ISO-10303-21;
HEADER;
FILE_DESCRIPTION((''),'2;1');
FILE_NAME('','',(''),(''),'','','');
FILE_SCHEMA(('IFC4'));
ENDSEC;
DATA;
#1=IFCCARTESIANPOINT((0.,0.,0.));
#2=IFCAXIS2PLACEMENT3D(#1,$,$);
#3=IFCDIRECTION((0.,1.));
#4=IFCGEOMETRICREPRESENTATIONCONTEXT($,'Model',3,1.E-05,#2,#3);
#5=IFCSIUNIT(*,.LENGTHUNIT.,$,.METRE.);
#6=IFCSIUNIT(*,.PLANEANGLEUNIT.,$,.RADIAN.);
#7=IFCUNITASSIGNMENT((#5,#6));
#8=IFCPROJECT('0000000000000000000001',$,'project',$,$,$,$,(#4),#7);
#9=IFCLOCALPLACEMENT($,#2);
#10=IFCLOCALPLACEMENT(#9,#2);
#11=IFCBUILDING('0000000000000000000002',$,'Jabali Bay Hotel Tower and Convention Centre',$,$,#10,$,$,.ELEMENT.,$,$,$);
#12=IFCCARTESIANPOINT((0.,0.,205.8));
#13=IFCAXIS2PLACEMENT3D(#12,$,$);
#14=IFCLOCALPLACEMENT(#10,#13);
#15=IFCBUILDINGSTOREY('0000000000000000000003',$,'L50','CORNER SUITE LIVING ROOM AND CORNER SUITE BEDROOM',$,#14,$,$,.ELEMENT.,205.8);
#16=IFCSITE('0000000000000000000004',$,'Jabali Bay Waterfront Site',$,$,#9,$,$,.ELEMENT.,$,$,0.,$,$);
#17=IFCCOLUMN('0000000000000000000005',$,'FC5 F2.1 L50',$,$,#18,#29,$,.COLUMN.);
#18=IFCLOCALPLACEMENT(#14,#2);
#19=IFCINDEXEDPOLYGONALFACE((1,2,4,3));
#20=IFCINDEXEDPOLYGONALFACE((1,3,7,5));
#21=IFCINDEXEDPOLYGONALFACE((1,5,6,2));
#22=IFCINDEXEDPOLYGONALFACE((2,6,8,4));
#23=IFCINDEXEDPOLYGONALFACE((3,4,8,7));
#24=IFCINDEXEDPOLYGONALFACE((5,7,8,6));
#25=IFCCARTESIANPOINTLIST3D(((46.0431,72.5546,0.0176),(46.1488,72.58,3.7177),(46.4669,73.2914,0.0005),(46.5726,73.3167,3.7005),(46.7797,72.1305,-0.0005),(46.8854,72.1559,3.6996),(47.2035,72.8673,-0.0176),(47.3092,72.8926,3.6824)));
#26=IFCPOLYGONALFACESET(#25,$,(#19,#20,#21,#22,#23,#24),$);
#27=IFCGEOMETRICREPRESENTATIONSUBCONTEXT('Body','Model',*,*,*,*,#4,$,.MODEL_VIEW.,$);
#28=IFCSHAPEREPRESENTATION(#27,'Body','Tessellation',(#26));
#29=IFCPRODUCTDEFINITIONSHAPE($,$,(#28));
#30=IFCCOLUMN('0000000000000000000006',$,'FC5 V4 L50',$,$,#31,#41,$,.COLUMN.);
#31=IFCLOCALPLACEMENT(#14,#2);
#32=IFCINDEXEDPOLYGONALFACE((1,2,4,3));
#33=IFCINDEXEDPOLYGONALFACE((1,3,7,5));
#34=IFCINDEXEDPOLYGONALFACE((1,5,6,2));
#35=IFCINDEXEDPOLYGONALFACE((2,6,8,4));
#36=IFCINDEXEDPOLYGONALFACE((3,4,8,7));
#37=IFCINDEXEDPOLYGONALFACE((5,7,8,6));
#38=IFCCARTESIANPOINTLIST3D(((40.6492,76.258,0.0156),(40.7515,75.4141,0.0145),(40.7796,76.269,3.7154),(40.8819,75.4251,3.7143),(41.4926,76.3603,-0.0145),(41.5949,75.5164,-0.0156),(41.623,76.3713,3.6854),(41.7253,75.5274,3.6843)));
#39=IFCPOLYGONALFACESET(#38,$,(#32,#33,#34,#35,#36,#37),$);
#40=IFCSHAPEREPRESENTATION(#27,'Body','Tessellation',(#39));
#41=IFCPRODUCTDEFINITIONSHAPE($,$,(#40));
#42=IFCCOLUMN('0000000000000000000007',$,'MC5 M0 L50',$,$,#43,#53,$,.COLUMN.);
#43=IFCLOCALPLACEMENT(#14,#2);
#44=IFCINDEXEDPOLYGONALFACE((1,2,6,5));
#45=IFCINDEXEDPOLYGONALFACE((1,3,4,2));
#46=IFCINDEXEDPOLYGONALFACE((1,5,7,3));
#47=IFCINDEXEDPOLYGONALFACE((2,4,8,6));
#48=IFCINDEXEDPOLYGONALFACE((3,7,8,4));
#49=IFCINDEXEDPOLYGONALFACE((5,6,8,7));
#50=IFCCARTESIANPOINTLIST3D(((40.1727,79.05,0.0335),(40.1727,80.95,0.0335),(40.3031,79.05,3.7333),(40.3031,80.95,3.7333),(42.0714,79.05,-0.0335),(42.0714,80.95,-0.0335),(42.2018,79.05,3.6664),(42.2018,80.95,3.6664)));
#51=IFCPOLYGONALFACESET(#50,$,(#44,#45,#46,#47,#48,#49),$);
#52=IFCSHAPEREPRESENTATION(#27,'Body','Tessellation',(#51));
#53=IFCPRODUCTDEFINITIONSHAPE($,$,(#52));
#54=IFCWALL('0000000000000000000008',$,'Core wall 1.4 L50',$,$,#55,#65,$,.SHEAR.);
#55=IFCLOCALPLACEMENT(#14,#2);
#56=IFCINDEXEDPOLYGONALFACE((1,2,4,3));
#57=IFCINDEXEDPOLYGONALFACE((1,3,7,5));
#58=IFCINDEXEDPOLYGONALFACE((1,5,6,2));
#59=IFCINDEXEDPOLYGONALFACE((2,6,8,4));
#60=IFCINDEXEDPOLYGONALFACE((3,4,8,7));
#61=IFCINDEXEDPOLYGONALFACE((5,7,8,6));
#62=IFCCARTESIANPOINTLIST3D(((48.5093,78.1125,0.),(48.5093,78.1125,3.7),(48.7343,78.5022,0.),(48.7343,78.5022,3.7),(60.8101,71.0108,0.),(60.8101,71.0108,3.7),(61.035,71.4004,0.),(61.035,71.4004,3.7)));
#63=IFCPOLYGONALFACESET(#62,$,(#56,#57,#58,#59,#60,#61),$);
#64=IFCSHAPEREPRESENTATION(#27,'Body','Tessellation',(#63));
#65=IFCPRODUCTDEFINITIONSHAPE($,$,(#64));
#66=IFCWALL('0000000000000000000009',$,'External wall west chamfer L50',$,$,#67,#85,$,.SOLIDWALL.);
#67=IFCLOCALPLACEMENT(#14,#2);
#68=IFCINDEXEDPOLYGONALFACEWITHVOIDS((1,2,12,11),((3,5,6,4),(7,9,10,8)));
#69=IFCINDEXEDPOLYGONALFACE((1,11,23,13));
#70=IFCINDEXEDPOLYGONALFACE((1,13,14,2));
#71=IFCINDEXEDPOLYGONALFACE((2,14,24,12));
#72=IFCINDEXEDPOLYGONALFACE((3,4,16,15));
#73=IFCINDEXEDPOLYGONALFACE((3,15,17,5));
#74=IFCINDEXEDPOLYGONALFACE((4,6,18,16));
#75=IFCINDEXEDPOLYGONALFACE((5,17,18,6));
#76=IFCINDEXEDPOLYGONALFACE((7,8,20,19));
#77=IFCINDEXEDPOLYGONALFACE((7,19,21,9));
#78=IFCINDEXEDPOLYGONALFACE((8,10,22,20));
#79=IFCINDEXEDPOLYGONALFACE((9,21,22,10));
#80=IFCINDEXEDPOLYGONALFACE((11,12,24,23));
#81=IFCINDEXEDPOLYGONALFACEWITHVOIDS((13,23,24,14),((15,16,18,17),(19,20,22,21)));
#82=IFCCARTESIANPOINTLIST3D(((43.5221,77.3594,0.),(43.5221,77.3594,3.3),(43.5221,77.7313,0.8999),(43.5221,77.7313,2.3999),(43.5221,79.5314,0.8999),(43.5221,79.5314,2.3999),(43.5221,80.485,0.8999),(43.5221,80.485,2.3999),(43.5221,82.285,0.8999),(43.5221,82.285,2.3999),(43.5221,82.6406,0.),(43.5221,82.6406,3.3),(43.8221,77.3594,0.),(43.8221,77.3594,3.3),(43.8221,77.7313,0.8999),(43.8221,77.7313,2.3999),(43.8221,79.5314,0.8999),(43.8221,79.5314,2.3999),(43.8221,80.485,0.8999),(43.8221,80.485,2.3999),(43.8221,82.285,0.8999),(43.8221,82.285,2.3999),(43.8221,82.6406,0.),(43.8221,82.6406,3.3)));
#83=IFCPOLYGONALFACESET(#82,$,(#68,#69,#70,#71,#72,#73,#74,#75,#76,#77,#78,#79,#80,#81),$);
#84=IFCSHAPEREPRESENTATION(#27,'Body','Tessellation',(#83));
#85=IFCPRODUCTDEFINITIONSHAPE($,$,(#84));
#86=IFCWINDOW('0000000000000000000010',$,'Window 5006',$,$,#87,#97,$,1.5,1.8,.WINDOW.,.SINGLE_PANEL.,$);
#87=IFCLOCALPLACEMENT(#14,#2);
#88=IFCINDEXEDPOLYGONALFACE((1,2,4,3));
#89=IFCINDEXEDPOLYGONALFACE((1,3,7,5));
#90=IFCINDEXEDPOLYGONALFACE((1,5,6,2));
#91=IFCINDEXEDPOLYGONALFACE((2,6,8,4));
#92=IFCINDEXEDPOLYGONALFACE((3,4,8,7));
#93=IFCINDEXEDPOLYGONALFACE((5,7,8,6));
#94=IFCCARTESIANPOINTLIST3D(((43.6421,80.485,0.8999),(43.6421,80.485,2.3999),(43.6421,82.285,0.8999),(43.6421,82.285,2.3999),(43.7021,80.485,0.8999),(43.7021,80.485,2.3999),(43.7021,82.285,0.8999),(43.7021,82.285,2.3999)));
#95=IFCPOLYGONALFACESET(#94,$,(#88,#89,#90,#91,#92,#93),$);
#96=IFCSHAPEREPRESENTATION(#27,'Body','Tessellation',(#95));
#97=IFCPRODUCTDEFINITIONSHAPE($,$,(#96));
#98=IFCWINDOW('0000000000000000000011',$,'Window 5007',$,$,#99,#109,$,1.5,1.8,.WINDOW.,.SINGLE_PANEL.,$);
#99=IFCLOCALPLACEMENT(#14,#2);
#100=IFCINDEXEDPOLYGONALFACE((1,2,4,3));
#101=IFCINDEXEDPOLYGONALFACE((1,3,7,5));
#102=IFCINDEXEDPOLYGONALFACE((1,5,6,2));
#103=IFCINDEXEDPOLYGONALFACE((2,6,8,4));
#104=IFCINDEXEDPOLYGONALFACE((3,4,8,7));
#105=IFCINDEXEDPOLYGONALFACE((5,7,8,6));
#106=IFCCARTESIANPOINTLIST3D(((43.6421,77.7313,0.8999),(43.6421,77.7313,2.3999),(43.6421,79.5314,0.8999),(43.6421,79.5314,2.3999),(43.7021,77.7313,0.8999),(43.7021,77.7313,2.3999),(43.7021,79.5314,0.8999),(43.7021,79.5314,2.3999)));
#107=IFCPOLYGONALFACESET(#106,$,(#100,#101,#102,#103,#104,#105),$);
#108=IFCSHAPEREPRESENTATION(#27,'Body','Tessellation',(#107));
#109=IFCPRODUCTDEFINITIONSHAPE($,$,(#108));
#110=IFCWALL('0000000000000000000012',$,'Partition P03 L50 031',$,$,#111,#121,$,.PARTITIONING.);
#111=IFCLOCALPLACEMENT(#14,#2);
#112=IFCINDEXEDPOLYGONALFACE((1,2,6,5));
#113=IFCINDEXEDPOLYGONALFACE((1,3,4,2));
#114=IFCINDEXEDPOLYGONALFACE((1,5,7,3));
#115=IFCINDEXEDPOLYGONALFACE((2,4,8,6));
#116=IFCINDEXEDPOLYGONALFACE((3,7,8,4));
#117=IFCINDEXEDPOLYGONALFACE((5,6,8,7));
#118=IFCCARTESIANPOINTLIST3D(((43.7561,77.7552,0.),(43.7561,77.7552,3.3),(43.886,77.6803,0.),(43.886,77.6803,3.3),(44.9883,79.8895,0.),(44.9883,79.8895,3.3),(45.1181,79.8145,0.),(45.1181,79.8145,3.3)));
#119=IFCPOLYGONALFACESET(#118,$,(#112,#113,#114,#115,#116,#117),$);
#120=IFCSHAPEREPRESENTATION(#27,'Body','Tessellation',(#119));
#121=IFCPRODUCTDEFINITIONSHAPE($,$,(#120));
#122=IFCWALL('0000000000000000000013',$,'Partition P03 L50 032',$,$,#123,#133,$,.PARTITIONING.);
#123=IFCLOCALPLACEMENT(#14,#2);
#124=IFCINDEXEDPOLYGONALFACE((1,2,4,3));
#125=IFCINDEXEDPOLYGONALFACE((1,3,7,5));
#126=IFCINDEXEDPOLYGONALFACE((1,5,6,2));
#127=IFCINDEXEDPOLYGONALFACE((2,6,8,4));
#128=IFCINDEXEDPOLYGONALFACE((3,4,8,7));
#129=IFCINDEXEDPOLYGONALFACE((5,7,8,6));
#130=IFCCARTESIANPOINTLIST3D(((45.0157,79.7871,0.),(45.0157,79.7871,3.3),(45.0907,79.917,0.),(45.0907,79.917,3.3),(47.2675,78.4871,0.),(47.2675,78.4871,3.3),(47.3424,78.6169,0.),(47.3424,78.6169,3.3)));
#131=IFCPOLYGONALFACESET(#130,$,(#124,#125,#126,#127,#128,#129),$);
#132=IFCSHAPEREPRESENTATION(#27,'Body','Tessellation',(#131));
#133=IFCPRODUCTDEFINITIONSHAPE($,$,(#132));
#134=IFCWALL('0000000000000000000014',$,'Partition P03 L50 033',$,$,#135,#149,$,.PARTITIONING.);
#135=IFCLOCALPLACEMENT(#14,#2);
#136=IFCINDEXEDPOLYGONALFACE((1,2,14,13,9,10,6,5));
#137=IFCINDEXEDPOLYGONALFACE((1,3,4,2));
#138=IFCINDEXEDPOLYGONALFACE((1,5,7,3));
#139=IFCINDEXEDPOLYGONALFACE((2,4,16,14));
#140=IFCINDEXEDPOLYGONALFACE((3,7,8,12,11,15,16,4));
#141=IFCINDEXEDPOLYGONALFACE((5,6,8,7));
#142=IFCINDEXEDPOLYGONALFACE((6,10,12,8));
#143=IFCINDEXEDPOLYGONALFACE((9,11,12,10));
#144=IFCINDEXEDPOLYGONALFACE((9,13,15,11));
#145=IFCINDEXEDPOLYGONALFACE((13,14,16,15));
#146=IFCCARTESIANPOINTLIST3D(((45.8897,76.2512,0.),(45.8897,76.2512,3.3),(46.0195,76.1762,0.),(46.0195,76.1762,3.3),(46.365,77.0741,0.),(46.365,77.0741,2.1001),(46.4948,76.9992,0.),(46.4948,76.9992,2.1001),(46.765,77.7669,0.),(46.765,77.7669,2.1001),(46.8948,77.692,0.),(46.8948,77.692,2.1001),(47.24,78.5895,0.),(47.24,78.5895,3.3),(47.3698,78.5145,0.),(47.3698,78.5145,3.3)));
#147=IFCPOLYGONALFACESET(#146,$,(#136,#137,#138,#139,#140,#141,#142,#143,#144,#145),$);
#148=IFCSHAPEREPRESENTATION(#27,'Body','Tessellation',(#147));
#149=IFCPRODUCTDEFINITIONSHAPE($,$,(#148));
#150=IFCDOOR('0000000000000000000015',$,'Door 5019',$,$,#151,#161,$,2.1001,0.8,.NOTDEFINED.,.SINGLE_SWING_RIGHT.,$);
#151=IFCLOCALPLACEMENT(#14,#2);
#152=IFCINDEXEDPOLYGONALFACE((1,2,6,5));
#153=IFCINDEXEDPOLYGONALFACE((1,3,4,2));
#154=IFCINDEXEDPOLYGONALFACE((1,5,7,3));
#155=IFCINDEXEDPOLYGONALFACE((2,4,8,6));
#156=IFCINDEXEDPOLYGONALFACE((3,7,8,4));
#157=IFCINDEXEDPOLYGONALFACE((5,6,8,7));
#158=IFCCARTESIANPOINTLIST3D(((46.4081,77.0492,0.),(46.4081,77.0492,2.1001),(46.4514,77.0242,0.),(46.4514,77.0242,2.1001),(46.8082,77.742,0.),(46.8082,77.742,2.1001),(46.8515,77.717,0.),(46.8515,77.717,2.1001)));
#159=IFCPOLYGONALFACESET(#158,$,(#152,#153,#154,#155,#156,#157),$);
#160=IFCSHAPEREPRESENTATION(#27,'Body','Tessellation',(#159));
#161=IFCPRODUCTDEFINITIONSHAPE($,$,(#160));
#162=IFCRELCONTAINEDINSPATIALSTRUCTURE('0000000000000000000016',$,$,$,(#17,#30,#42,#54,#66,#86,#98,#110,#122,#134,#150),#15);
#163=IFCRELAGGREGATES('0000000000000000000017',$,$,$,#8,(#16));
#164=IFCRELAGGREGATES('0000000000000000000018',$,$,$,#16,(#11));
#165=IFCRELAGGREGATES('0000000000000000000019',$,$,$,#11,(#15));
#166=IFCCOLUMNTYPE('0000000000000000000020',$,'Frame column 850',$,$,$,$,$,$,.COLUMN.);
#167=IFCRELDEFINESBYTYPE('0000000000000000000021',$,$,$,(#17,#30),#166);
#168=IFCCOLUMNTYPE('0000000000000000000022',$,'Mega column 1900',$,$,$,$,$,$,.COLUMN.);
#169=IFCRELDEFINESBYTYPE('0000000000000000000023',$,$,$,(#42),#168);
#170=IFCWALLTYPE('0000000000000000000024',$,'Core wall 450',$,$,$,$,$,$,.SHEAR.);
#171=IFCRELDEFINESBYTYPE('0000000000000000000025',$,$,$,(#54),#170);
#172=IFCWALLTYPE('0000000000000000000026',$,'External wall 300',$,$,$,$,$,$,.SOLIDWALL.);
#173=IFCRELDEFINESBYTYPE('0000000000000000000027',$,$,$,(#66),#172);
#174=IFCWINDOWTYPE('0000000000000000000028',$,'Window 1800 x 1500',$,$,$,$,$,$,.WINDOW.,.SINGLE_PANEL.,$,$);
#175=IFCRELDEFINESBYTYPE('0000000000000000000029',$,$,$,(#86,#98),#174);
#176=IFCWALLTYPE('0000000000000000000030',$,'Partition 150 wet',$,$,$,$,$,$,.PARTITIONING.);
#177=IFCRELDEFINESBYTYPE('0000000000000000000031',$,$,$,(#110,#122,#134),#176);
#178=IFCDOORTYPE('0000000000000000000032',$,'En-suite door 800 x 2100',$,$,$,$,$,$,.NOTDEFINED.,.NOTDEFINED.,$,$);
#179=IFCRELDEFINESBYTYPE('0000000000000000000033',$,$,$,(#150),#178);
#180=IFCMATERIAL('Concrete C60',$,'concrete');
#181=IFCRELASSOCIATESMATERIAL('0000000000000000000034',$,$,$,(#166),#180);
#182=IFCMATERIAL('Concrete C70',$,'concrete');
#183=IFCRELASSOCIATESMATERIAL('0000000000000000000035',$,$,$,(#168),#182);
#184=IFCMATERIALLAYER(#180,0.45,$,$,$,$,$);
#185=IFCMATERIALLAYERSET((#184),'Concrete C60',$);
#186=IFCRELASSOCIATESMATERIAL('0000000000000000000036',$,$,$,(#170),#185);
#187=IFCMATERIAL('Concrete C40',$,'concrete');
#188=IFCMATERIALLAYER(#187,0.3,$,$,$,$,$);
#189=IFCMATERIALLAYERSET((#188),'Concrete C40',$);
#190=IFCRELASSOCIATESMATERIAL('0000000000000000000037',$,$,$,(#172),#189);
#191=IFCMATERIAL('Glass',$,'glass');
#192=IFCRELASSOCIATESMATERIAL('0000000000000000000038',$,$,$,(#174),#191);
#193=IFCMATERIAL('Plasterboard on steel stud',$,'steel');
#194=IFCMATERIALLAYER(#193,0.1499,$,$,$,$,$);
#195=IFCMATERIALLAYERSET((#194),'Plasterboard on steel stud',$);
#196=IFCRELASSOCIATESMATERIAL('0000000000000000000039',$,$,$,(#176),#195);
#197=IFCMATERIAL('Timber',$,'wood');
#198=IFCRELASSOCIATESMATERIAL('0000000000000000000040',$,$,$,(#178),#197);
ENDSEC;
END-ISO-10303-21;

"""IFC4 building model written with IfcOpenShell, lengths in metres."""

from ifc_helpers import new_model, si_unit, direction, frame, frame_2d, origin, origin_2d, place, context, subcontext, project, spatial, rectangle, extrude, material, layer, layer_set, material_profile, profile_set, type_object, element, fill, save


model = new_model("IFC4")

# Units and contexts
model_context = context("Model", 3, precision=1e-05, world=origin(), true_north=direction((0.0, 1.0)))
body_context = subcontext(model_context, "Body", "Model", "MODEL_VIEW")
ifc_project = project(units=[si_unit("LENGTHUNIT", "METRE"), si_unit("PLANEANGLEUNIT", "RADIAN")], contexts=[model_context])

# Site, building, storey
site_placement = place(None, origin())
site = spatial("IfcSite", under=ifc_project, at=site_placement, Name="Jabali Bay Waterfront Site", CompositionType="ELEMENT", RefElevation=0.0)
building_placement = place(site_placement, origin())
building = spatial("IfcBuilding", under=site, at=building_placement, Name="Jabali Bay Hotel Tower and Convention Centre", CompositionType="ELEMENT")
storey_placement = place(building_placement, frame((0.0, 0.0, 205.8)))
storey = spatial("IfcBuildingStorey", under=building, at=storey_placement, Name="L50", Description="CORNER SUITE LIVING ROOM AND CORNER SUITE BEDROOM", CompositionType="ELEMENT", Elevation=205.8)

# Columns
ifc_material_1 = material(Name="Concrete C60", Category="concrete")
ifc_material_profile_1 = material_profile(ifc_material_1, rectangle(XDim=0.8501, YDim=0.8501, at=origin_2d()), Name="Frame column 850")
ifc_profile_set_1 = profile_set([ifc_material_profile_1], Name="Concrete C60")
column_type_1 = type_object("IfcColumnType", Name="Frame column 850", PredefinedType="COLUMN", material=ifc_profile_set_1)
column_1_placement = place(storey_placement, frame((46.6233, 72.7109, 0.0), z_axis=(0.028559, 0.006859, 0.999569), x_axis=(-0.866406, 0.498885, 0.021331)))
element("IfcColumn", 1, at=column_1_placement, inside=storey, type_object=column_type_1, Name="FC5 F2.1 L50", PredefinedType="COLUMN", context=body_context, shape_type="SweptSolid", body=[
    extrude(rectangle(XDim=0.8501, YDim=0.8501, at=origin_2d()), origin(), (0.0, 0.0, 1.0), 3.7017),
])
column_2_placement = place(storey_placement, frame((41.1221, 75.8872, 0.0), z_axis=(0.035214, 0.002967, 0.999375), x_axis=(-0.12033, 0.992733, 0.001292)))
element("IfcColumn", 2, at=column_2_placement, inside=storey, type_object=column_type_1, Name="FC5 V4 L50", PredefinedType="COLUMN", context=body_context, shape_type="SweptSolid", body=[
    extrude(rectangle(XDim=0.8501, YDim=0.8501, at=origin_2d()), origin(), (0.0, 0.0, 1.0), 3.7021),
])
ifc_material_2 = material(Name="Concrete C70", Category="concrete")
ifc_material_profile_2 = material_profile(ifc_material_2, rectangle(XDim=1.8999, YDim=1.8999, at=origin_2d()), Name="Mega column 1900")
ifc_profile_set_2 = profile_set([ifc_material_profile_2], Name="Concrete C70")
column_type_2 = type_object("IfcColumnType", Name="Mega column 1900", PredefinedType="COLUMN", material=ifc_profile_set_2)
column_3_placement = place(storey_placement, frame((41.1221, 80.0, 0.0), z_axis=(0.035214, 0.0, 0.99938), x_axis=(0.0, 1.0, 0.0)))
element("IfcColumn", 3, at=column_3_placement, inside=storey, type_object=column_type_2, Name="MC5 M0 L50", PredefinedType="COLUMN", context=body_context, shape_type="SweptSolid", body=[
    extrude(rectangle(XDim=1.8999, YDim=1.8999, at=origin_2d()), origin(), (0.0, 0.0, 1.0), 3.7021),
])

# Wall
ifc_layer_1 = layer(ifc_material_1, 0.45)
ifc_layer_set_1 = layer_set([ifc_layer_1], Name="Concrete C60")
wall_type_1 = type_object("IfcWallType", Name="Core wall 450", PredefinedType="SHEAR", material=ifc_layer_set_1)
wall_1_placement = place(storey_placement, frame((48.6218, 78.3074, 0.0), z_axis=(0.0, 0.0, 1.0), x_axis=(0.866027, -0.499997, 0.0)))
element("IfcWall", 4, at=wall_1_placement, inside=storey, type_object=wall_type_1, Name="Core wall 1.4 L50", PredefinedType="SHEAR", context=body_context, shape_type="SweptSolid", body=[
    extrude(rectangle(XDim=14.2036, YDim=0.45, at=frame_2d((7.1018, 0.0))), origin(), (0.0, 0.0, 1.0), 3.7),
])

# Wall, openings, windows
ifc_material_3 = material(Name="Concrete C40", Category="concrete")
ifc_layer_2 = layer(ifc_material_3, 0.3)
ifc_layer_set_2 = layer_set([ifc_layer_2], Name="Concrete C40")
wall_type_2 = type_object("IfcWallType", Name="External wall 300", PredefinedType="SOLIDWALL", material=ifc_layer_set_2)
wall_2_placement = place(storey_placement, frame((43.6721, 77.3594, 0.0), z_axis=(0.0, 0.0, 1.0), x_axis=(0.0, 1.0, 0.0)))
wall_2 = element("IfcWall", 5, at=wall_2_placement, inside=storey, type_object=wall_type_2, Name="External wall west chamfer L50", PredefinedType="SOLIDWALL", context=body_context, shape_type="SweptSolid", body=[
    extrude(rectangle(XDim=5.2812, YDim=0.3, at=frame_2d((2.6406, 0.0))), origin(), (0.0, 0.0, 1.0), 3.3),
])
opening_1_placement = place(wall_2_placement, frame((3.1257, 0.0, 0.8999)))
opening_1 = element("IfcOpeningElement", 6, at=opening_1_placement, cuts=wall_2, PredefinedType="OPENING", context=body_context, shape_type="SweptSolid", body=[
    extrude(rectangle(XDim=1.8, YDim=1.5, at=frame_2d((0.8999, 0.75))), frame((0.0, 0.1606, 0.0), z_axis=(0.0, -1.0, 0.0), x_axis=(1.0, 0.0, 0.0)), (0.0, 0.0, 1.0), 0.321),
])
opening_2_placement = place(wall_2_placement, frame((0.3721, 0.0, 0.8999)))
opening_2 = element("IfcOpeningElement", 7, at=opening_2_placement, cuts=wall_2, PredefinedType="OPENING", context=body_context, shape_type="SweptSolid", body=[
    extrude(rectangle(XDim=1.8, YDim=1.5, at=frame_2d((0.8999, 0.75))), frame((0.0, 0.1606, 0.0), z_axis=(0.0, -1.0, 0.0), x_axis=(1.0, 0.0, 0.0)), (0.0, 0.0, 1.0), 0.321),
])
ifc_material_4 = material(Name="Glass", Category="glass")
window_type = type_object("IfcWindowType", Name="Window 1800 x 1500", PartitioningType="SINGLE_PANEL", PredefinedType="WINDOW", material=ifc_material_4)
window_1_placement = place(opening_1_placement, origin())
window_1 = element("IfcWindow", 8, at=window_1_placement, inside=storey, type_object=window_type, Name="Window 5006", OverallHeight=1.5, OverallWidth=1.8, PartitioningType="SINGLE_PANEL", PredefinedType="WINDOW", context=body_context, shape_type="SweptSolid", body=[
    extrude(rectangle(XDim=1.8, YDim=1.5, at=frame_2d((0.8999, 0.75))), frame((0.0, 0.03, 0.0), z_axis=(0.0, -1.0, 0.0), x_axis=(1.0, 0.0, 0.0)), (0.0, 0.0, 1.0), 0.0601),
])
fill(opening_1, window_1)
window_2_placement = place(opening_2_placement, origin())
window_2 = element("IfcWindow", 9, at=window_2_placement, inside=storey, type_object=window_type, Name="Window 5007", OverallHeight=1.5, OverallWidth=1.8, PartitioningType="SINGLE_PANEL", PredefinedType="WINDOW", context=body_context, shape_type="SweptSolid", body=[
    extrude(rectangle(XDim=1.8, YDim=1.5, at=frame_2d((0.8999, 0.75))), frame((0.0, 0.03, 0.0), z_axis=(0.0, -1.0, 0.0), x_axis=(1.0, 0.0, 0.0)), (0.0, 0.0, 1.0), 0.0601),
])
fill(opening_2, window_2)

# Walls
ifc_material_5 = material(Name="Plasterboard on steel stud", Category="steel")
ifc_layer_3 = layer(ifc_material_5, 0.1499)
ifc_layer_set_3 = layer_set([ifc_layer_3], Name="Plasterboard on steel stud")
wall_type_3 = type_object("IfcWallType", Name="Partition 150 wet", PredefinedType="PARTITIONING", material=ifc_layer_set_3)
wall_3_placement = place(storey_placement, frame((43.821, 77.7178, 0.0), z_axis=(0.0, 0.0, 1.0), x_axis=(0.499985, 0.866034, 0.0)))
element("IfcWall", 10, at=wall_3_placement, inside=storey, type_object=wall_type_3, Name="Partition P03 L50 031", PredefinedType="PARTITIONING", context=body_context, shape_type="SweptSolid", body=[
    extrude(rectangle(XDim=2.4644, YDim=0.1499, at=frame_2d((1.2322, 0.0))), origin(), (0.0, 0.0, 1.0), 3.3),
])
wall_4_placement = place(storey_placement, frame((45.0532, 79.8521, 0.0), z_axis=(0.0, 0.0, 1.0), x_axis=(0.866021, -0.500007, 0.0)))
element("IfcWall", 11, at=wall_4_placement, inside=storey, type_object=wall_type_3, Name="Partition P03 L50 032", PredefinedType="PARTITIONING", context=body_context, shape_type="SweptSolid", body=[
    extrude(rectangle(XDim=2.6001, YDim=0.1499, at=frame_2d((1.3, 0.0))), origin(), (0.0, 0.0, 1.0), 3.3),
])

# Wall, opening, door
wall_5_placement = place(storey_placement, frame((47.3049, 78.552, 0.0), z_axis=(0.0, 0.0, 1.0), x_axis=(-0.500077, -0.865981, 0.0)))
wall_5 = element("IfcWall", 12, at=wall_5_placement, inside=storey, type_object=wall_type_3, Name="Partition P03 L50 033", PredefinedType="PARTITIONING", context=body_context, shape_type="SweptSolid", body=[
    extrude(rectangle(XDim=2.7002, YDim=0.1499, at=frame_2d((1.3501, 0.0))), origin(), (0.0, 0.0, 1.0), 3.3),
])
opening_3_placement = place(wall_5_placement, frame((0.95, 0.0, 0.0)))
opening_3 = element("IfcOpeningElement", 13, at=opening_3_placement, cuts=wall_5, PredefinedType="OPENING", context=body_context, shape_type="SweptSolid", body=[
    extrude(rectangle(XDim=0.8, YDim=2.1001, at=frame_2d((0.3999, 1.05))), frame((0.0, 0.0854, 0.0), z_axis=(0.0, -1.0, 0.0), x_axis=(1.0, 0.0, 0.0)), (0.0, 0.0, 1.0), 0.1709),
])
ifc_material_6 = material(Name="Timber", Category="wood")
door_type = type_object("IfcDoorType", Name="En-suite door 800 x 2100", OperationType="NOTDEFINED", PredefinedType="NOTDEFINED", material=ifc_material_6)
door_placement = place(opening_3_placement, origin())
door = element("IfcDoor", 14, at=door_placement, inside=storey, type_object=door_type, Name="Door 5019", OperationType="SINGLE_SWING_RIGHT", OverallHeight=2.1001, OverallWidth=0.8, PredefinedType="NOTDEFINED", context=body_context, shape_type="SweptSolid", body=[
    extrude(rectangle(XDim=0.8, YDim=2.1001, at=frame_2d((0.3999, 1.05))), frame((0.0, 0.0249, 0.0), z_axis=(0.0, -1.0, 0.0), x_axis=(1.0, 0.0, 0.0)), (0.0, 0.0, 1.0), 0.05),
])
fill(opening_3, door)

save(model, "model.ifc")
